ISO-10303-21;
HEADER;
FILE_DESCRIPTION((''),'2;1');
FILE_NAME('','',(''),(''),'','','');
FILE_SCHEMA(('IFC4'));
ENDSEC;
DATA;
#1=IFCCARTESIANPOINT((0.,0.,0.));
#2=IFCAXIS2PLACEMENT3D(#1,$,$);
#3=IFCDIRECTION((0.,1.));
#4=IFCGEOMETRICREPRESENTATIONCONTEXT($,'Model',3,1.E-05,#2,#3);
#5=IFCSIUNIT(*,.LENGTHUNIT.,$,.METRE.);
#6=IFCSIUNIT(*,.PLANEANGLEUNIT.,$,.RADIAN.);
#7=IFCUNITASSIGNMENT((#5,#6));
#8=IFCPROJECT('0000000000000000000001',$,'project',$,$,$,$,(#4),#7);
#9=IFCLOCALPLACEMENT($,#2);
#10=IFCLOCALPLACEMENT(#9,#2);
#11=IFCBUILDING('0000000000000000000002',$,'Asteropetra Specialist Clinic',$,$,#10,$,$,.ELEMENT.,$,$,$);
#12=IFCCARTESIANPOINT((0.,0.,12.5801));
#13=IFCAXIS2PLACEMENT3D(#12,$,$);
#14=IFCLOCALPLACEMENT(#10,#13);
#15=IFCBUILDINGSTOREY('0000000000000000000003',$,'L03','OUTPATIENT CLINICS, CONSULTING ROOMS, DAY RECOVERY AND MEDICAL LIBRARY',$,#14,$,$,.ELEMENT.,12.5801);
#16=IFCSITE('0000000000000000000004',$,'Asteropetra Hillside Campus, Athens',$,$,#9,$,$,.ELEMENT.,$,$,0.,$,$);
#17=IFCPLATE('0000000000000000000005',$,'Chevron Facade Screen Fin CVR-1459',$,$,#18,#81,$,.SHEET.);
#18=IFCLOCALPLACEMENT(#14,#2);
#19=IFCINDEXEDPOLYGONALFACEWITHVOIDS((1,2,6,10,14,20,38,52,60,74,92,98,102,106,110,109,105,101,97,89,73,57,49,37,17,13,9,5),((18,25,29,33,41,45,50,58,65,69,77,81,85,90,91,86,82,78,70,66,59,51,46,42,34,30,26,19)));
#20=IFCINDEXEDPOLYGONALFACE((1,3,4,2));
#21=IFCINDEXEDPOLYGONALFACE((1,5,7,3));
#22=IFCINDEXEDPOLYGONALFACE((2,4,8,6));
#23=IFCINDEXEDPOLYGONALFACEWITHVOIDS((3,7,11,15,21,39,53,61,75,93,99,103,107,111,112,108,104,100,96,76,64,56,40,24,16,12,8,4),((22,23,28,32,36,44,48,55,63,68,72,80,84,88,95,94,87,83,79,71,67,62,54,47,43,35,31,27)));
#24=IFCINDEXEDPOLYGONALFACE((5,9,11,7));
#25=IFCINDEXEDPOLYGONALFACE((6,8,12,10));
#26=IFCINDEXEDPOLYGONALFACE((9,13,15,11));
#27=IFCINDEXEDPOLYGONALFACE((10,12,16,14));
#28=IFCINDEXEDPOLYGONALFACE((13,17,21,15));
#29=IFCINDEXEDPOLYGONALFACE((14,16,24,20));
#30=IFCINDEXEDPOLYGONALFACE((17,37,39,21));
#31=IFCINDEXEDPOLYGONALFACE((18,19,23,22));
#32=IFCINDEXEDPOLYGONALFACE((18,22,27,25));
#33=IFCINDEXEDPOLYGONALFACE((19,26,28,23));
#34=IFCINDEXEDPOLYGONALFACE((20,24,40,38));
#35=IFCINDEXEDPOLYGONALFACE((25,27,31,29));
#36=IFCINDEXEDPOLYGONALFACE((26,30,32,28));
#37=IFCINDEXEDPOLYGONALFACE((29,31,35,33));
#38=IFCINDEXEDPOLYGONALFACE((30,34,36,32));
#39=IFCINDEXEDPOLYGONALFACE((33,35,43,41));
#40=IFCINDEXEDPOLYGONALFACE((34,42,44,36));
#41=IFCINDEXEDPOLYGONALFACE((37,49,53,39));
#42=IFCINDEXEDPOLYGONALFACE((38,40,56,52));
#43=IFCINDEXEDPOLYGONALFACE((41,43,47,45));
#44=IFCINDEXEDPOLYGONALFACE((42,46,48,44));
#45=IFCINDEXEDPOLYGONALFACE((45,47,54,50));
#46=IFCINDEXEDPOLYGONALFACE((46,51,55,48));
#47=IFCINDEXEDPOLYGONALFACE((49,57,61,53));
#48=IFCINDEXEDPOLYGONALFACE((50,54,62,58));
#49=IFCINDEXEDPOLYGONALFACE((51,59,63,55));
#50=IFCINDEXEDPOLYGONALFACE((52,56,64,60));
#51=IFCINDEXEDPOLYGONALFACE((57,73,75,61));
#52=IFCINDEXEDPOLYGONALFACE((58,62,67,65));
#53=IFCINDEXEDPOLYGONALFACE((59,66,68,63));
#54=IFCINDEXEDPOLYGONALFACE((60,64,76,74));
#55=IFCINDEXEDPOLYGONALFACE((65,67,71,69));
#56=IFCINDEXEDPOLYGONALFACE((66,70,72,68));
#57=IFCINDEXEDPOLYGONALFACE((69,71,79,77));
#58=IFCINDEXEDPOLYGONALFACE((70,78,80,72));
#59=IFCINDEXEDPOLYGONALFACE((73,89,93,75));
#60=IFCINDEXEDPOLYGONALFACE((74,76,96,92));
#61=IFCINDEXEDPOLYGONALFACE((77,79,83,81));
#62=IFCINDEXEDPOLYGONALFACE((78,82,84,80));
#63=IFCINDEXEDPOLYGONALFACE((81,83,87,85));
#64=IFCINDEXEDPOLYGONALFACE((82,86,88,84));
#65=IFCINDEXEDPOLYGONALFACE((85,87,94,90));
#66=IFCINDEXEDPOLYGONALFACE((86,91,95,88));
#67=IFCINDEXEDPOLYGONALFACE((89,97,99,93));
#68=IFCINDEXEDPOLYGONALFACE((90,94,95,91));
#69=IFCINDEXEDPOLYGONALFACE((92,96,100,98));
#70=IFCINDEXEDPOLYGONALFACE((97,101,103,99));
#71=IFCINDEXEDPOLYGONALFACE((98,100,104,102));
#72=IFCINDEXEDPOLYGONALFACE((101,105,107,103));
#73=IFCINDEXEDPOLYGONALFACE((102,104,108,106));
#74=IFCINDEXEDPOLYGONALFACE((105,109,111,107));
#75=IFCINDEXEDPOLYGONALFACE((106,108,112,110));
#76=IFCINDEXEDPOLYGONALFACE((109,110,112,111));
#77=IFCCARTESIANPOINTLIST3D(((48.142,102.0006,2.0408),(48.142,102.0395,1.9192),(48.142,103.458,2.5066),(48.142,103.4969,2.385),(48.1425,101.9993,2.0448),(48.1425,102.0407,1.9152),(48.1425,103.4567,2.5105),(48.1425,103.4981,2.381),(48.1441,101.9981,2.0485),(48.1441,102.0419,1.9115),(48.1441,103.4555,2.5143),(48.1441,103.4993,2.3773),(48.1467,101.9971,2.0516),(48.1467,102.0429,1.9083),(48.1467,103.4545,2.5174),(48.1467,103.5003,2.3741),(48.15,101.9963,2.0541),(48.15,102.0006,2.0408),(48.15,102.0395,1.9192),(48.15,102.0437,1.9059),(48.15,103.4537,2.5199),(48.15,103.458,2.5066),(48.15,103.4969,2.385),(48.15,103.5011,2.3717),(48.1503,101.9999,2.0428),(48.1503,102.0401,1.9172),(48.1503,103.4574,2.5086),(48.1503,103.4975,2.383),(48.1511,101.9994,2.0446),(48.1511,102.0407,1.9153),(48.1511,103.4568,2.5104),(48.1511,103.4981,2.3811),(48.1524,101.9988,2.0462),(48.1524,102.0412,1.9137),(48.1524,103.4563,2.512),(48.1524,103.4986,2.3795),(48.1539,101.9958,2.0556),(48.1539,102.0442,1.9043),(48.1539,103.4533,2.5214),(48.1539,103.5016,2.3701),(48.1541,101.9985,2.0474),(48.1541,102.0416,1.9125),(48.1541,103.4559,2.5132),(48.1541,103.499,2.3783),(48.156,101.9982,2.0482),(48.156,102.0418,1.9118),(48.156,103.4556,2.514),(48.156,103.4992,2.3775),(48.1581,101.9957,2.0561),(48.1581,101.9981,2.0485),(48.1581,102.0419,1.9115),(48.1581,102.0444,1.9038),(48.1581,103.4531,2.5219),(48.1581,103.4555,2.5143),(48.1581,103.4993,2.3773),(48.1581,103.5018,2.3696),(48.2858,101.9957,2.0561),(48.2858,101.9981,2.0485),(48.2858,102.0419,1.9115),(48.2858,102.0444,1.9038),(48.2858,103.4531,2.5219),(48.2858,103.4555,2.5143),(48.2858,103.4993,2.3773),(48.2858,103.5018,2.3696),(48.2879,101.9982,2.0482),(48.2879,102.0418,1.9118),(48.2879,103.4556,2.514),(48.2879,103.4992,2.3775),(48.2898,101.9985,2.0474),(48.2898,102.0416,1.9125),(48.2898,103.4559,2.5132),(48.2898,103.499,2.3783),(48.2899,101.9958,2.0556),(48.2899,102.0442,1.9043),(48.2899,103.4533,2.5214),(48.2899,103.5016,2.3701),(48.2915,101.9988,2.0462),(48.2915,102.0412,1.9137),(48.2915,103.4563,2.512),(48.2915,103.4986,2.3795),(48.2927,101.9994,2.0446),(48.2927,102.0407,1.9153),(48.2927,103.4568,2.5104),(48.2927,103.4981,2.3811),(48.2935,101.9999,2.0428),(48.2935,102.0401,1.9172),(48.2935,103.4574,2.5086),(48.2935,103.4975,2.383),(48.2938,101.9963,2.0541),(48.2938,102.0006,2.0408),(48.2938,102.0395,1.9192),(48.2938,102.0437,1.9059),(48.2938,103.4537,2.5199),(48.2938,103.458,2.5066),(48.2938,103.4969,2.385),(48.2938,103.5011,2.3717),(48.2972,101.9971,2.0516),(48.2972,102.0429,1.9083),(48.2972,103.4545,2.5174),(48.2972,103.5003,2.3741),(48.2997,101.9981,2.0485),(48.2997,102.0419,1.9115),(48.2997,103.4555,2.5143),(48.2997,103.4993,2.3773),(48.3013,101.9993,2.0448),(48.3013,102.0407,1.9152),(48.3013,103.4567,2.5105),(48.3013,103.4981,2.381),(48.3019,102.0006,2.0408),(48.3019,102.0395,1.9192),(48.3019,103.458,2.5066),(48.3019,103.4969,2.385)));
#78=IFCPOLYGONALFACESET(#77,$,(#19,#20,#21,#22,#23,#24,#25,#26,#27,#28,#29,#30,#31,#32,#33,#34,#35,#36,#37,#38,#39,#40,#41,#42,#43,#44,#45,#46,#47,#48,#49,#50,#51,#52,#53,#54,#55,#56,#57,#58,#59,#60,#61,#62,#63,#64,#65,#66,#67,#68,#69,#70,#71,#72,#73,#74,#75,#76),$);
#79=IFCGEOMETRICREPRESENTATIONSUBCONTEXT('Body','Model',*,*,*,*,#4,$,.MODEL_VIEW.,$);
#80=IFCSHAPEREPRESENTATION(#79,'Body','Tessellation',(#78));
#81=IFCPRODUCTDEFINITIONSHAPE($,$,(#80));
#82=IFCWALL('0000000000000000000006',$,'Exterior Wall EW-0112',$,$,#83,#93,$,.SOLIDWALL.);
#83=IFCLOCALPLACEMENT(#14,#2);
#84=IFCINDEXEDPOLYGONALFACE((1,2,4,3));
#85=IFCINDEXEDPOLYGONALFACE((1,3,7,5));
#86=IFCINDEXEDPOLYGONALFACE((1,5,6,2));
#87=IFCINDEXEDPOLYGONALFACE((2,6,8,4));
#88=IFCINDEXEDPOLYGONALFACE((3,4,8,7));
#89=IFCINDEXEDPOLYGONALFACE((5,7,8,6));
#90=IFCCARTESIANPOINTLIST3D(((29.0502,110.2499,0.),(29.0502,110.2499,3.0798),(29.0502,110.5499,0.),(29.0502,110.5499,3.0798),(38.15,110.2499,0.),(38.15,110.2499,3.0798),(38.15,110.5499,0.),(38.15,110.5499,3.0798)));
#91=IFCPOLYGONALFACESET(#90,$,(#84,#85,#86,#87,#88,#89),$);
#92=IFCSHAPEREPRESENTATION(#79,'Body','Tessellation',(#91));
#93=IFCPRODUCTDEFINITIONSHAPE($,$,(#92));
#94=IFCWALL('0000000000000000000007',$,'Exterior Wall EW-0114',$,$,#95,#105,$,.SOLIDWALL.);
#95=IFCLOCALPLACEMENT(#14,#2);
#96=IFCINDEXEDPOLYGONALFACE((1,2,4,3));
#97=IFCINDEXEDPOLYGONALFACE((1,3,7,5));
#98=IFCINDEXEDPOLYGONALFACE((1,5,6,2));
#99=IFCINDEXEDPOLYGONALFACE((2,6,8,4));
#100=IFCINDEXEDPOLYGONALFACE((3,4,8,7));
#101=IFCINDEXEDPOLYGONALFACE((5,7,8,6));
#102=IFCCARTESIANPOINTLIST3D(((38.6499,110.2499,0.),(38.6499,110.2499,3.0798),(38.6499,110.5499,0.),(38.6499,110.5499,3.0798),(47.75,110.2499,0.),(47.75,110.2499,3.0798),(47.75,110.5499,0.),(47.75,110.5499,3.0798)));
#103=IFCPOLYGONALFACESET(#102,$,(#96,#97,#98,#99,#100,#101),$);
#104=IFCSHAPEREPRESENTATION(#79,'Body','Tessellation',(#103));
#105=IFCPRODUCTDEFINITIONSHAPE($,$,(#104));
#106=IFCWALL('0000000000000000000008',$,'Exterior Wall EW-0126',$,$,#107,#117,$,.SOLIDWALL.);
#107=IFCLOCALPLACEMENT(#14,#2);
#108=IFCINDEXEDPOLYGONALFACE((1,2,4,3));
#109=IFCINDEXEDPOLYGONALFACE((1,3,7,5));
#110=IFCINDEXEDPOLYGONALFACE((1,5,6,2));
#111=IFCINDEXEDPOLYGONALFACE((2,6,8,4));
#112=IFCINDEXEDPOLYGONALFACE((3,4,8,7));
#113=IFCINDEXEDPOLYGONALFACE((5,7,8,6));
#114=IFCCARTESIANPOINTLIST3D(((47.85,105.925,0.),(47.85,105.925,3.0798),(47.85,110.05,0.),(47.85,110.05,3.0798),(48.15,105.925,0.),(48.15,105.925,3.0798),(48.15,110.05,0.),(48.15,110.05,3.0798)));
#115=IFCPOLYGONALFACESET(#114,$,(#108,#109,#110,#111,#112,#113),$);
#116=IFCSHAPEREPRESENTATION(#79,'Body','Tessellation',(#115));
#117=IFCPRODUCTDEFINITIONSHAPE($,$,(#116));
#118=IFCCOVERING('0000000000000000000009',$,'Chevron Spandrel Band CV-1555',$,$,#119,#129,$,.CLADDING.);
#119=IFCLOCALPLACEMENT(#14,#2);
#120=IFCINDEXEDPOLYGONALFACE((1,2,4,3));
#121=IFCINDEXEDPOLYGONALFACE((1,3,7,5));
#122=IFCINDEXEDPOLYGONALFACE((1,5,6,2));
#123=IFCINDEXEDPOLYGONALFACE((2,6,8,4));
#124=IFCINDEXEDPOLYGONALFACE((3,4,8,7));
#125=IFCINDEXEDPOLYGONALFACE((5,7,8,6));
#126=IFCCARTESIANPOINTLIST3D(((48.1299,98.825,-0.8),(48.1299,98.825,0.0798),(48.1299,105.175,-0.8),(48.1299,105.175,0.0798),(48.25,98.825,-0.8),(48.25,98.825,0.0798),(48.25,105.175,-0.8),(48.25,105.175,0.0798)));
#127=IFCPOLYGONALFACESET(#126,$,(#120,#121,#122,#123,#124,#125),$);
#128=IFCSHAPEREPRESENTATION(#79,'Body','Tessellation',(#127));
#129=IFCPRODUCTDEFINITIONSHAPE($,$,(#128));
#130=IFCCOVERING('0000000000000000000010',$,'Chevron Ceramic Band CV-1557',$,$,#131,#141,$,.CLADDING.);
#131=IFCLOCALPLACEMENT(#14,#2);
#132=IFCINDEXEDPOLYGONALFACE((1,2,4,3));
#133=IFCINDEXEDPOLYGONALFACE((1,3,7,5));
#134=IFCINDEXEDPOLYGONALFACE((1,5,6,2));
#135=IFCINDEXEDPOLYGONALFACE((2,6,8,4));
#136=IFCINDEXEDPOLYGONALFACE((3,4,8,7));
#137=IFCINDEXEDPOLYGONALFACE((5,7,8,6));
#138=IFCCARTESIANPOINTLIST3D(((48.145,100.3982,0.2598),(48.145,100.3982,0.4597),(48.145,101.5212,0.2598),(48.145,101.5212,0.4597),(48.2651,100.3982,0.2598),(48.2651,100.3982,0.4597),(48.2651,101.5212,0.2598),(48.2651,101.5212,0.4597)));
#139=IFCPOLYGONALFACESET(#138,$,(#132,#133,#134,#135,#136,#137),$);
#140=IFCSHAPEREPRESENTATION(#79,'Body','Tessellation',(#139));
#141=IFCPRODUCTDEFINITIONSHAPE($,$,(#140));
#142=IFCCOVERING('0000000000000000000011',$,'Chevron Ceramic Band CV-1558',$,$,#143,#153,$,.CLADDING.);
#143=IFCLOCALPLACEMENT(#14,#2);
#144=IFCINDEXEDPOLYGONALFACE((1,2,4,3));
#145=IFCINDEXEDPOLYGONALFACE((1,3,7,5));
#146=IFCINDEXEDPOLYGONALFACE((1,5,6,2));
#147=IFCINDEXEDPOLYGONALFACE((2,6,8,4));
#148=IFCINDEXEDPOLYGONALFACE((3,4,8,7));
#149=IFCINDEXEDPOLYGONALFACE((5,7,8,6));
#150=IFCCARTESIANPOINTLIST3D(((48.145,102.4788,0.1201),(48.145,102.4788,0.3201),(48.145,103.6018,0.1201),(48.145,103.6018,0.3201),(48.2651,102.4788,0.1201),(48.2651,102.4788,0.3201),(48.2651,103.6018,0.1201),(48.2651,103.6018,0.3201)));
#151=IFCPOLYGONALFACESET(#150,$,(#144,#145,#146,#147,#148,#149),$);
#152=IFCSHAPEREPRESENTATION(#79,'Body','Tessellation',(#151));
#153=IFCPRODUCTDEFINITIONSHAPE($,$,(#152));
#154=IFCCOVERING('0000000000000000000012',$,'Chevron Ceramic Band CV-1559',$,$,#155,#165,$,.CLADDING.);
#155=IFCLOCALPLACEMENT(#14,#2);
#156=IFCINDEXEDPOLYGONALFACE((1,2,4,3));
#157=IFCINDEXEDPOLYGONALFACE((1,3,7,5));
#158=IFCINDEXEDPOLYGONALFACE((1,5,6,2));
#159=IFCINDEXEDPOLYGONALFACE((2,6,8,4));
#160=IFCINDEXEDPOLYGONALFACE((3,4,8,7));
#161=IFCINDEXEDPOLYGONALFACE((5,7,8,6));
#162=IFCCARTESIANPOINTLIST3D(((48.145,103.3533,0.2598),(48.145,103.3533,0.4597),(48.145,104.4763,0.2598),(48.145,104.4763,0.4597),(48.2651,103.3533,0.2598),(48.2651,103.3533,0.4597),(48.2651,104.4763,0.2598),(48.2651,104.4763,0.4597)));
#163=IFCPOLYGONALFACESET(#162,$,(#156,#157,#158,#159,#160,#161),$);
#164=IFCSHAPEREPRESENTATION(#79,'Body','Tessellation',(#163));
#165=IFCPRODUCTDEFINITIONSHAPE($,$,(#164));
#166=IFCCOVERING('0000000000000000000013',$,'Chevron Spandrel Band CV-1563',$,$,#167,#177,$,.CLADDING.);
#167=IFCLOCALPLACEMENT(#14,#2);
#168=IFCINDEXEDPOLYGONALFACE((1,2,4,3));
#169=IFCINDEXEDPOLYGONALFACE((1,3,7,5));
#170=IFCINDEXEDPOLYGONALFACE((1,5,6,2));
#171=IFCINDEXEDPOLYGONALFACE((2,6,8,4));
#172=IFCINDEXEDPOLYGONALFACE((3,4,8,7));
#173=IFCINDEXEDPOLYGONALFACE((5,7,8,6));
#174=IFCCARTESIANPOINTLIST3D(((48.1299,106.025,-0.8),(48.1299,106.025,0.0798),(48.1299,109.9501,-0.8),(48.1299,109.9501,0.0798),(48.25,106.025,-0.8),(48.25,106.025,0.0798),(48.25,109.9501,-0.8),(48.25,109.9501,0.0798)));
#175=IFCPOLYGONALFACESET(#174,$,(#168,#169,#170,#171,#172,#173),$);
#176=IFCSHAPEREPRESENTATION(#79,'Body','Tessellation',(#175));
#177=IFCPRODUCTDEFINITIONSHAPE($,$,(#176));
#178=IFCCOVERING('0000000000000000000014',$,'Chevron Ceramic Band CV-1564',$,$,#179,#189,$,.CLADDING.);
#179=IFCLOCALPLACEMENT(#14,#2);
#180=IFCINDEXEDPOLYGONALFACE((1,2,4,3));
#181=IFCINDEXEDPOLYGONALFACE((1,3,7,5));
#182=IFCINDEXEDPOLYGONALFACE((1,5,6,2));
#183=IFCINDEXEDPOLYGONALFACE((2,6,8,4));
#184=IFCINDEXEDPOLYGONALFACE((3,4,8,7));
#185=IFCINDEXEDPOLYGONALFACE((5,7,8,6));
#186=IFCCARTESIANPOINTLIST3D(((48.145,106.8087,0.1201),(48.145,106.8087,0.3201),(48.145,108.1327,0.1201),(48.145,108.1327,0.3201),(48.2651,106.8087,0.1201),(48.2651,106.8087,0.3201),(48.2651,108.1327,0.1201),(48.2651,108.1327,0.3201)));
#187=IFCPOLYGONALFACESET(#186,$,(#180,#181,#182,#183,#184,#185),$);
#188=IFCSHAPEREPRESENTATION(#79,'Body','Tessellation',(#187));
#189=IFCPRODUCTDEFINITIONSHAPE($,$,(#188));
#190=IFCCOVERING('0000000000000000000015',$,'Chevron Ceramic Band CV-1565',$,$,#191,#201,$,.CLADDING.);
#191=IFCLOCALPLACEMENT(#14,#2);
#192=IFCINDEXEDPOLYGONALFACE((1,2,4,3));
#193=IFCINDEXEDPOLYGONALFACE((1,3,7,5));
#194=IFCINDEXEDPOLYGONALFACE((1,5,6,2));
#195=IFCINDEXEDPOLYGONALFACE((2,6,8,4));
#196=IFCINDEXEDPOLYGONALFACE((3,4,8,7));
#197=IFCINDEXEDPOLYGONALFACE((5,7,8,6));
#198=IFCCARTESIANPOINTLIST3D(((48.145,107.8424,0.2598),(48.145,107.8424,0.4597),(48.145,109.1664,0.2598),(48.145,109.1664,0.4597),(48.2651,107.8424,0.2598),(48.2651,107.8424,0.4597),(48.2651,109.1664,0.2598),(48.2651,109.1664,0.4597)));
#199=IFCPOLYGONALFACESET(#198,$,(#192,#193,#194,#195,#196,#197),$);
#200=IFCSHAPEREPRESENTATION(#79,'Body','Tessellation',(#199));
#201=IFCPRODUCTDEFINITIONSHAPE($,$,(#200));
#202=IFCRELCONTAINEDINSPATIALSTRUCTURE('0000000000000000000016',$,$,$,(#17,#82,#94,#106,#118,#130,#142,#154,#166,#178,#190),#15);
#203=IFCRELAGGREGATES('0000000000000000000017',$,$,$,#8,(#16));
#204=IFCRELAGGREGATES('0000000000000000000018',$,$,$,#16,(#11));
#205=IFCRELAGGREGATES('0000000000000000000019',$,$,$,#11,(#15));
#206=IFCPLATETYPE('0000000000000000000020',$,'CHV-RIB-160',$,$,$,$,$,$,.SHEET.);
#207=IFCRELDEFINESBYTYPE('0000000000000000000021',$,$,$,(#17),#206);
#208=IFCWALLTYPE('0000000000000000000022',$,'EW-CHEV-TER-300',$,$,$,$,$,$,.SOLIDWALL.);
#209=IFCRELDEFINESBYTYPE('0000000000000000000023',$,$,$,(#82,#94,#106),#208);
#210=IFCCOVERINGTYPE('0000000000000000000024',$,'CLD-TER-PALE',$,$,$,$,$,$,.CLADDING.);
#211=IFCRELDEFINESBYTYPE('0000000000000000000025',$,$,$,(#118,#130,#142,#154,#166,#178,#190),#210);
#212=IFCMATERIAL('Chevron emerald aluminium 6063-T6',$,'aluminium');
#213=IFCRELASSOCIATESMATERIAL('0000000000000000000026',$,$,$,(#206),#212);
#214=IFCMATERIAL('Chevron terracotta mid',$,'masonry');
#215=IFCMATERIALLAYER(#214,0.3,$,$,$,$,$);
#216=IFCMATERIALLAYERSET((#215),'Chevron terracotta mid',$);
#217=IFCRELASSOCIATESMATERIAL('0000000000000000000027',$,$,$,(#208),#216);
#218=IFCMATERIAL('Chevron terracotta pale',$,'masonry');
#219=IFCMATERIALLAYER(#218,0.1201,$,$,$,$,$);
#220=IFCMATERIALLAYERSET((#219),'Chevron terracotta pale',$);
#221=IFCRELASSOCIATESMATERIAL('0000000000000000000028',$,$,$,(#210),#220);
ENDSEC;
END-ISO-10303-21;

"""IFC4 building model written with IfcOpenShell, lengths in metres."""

from ifc_helpers import new_model, si_unit, direction, frame, frame_2d, origin, origin_2d, place, context, subcontext, project, spatial, rectangle, hollow_rectangle, extrude, material, layer, layer_set, material_profile, profile_set, type_object, element, save


model = new_model("IFC4")

# Units and contexts
model_context = context("Model", 3, precision=1e-05, world=origin(), true_north=direction((0.0, 1.0)))
body_context = subcontext(model_context, "Body", "Model", "MODEL_VIEW")
ifc_project = project(units=[si_unit("LENGTHUNIT", "METRE"), si_unit("PLANEANGLEUNIT", "RADIAN")], contexts=[model_context])

# Site, building, storey
site_placement = place(None, origin())
site = spatial("IfcSite", under=ifc_project, at=site_placement, Name="Asteropetra Hillside Campus, Athens", CompositionType="ELEMENT", RefElevation=0.0)
building_placement = place(site_placement, origin())
building = spatial("IfcBuilding", under=site, at=building_placement, Name="Asteropetra Specialist Clinic", CompositionType="ELEMENT")
storey_placement = place(building_placement, frame((0.0, 0.0, 12.5801)))
storey = spatial("IfcBuildingStorey", under=building, at=storey_placement, Name="L03", Description="OUTPATIENT CLINICS, CONSULTING ROOMS, DAY RECOVERY AND MEDICAL LIBRARY", CompositionType="ELEMENT", Elevation=12.5801)

# Plate
ifc_material_1 = material(Name="Chevron emerald aluminium 6063-T6", Category="aluminium")
ifc_material_profile_1 = material_profile(ifc_material_1, hollow_rectangle(XDim=0.1599, YDim=0.1599, WallThickness=0.0081, InnerFilletRadius=0.0081, OuterFilletRadius=0.0161, at=origin_2d()), Name="SHS 160x160x8.0")
ifc_profile_set_1 = profile_set([ifc_material_profile_1], Name="Chevron emerald aluminium 6063-T6")
plate_type = type_object("IfcPlateType", Name="CHV-RIB-160", PredefinedType="SHEET", material=ifc_profile_set_1)
for number, where, z_axis, x_axis, name in (
    (1, (48.2219, 102.02, 1.98), (0.0, 0.952535, 0.304428), (-1.0, 0.0, 0.0), "Chevron Facade Screen Fin CVR-1459"),
):
    element("IfcPlate", number, at=place(storey_placement, frame(where, z_axis=z_axis, x_axis=x_axis)), inside=storey, type_object=plate_type, Name=name, PredefinedType="SHEET", context=body_context, shape_type="SweptSolid", body=[
        extrude(hollow_rectangle(XDim=0.1599, YDim=0.1599, WallThickness=0.0081, InnerFilletRadius=0.0081, OuterFilletRadius=0.0161, at=origin_2d()), origin(), (0.0, 0.0, 1.0), 1.53),
    ])

# Walls
ifc_material_2 = material(Name="Chevron terracotta mid", Category="masonry")
ifc_layer_1 = layer(ifc_material_2, 0.3)
ifc_layer_set_1 = layer_set([ifc_layer_1], Name="Chevron terracotta mid")
wall_type = type_object("IfcWallType", Name="EW-CHEV-TER-300", PredefinedType="SOLIDWALL", material=ifc_layer_set_1)
wall_1_placement = place(storey_placement, frame((38.1499, 110.3999, 0.0), z_axis=(0.0, 0.0, 1.0), x_axis=(-1.0, 0.0, 0.0)))
element("IfcWall", 2, at=wall_1_placement, inside=storey, type_object=wall_type, Name="Exterior Wall EW-0112", PredefinedType="SOLIDWALL", context=body_context, shape_type="SweptSolid", body=[
    extrude(rectangle(XDim=9.0999, YDim=0.3, at=frame_2d((4.5498, 0.0))), origin(), (0.0, 0.0, 1.0), 3.0798),
])
wall_2_placement = place(storey_placement, frame((47.75, 110.3999, 0.0), z_axis=(0.0, 0.0, 1.0), x_axis=(-1.0, 0.0, 0.0)))
element("IfcWall", 3, at=wall_2_placement, inside=storey, type_object=wall_type, Name="Exterior Wall EW-0114", PredefinedType="SOLIDWALL", context=body_context, shape_type="SweptSolid", body=[
    extrude(rectangle(XDim=9.1001, YDim=0.3, at=frame_2d((4.55, 0.0))), origin(), (0.0, 0.0, 1.0), 3.0798),
])
wall_3_placement = place(storey_placement, frame((48.0, 105.925, 0.0), z_axis=(0.0, 0.0, 1.0), x_axis=(0.0, 1.0, 0.0)))
element("IfcWall", 4, at=wall_3_placement, inside=storey, type_object=wall_type, Name="Exterior Wall EW-0126", PredefinedType="SOLIDWALL", context=body_context, shape_type="SweptSolid", body=[
    extrude(rectangle(XDim=4.125, YDim=0.3, at=frame_2d((2.0625, 0.0))), origin(), (0.0, 0.0, 1.0), 3.0798),
])

# Coverings
ifc_material_3 = material(Name="Chevron terracotta pale", Category="masonry")
ifc_layer_2 = layer(ifc_material_3, 0.1201)
ifc_layer_set_2 = layer_set([ifc_layer_2], Name="Chevron terracotta pale")
covering_type = type_object("IfcCoveringType", Name="CLD-TER-PALE", PredefinedType="CLADDING", material=ifc_layer_set_2)
covering_1_placement = place(storey_placement, frame((48.1899, 102.0, -0.8), z_axis=(0.0, 0.0, 1.0), x_axis=(1.0, 0.0, 0.0)))
element("IfcCovering", 5, at=covering_1_placement, inside=storey, type_object=covering_type, Name="Chevron Spandrel Band CV-1555", PredefinedType="CLADDING", context=body_context, shape_type="SweptSolid", body=[
    extrude(rectangle(XDim=0.1201, YDim=6.3501, at=origin_2d()), origin(), (0.0, 0.0, 1.0), 0.8799),
])
for number, where, z_axis, x_axis, name in (
    (6, (48.2051, 100.9597, 0.2598), (0.0, 0.0, 1.0), (1.0, 0.0, 0.0), "Chevron Ceramic Band CV-1557"),
    (7, (48.2051, 103.0403, 0.1201), (0.0, 0.0, 1.0), (1.0, 0.0, 0.0), "Chevron Ceramic Band CV-1558"),
    (8, (48.2051, 103.9148, 0.2598), (0.0, 0.0, 1.0), (1.0, 0.0, 0.0), "Chevron Ceramic Band CV-1559"),
):
    element("IfcCovering", number, at=place(storey_placement, frame(where, z_axis=z_axis, x_axis=x_axis)), inside=storey, type_object=covering_type, Name=name, PredefinedType="CLADDING", context=body_context, shape_type="SweptSolid", body=[
        extrude(rectangle(XDim=0.1201, YDim=1.123, at=origin_2d()), origin(), (0.0, 0.0, 1.0), 0.2),
    ])
covering_2_placement = place(storey_placement, frame((48.1899, 107.9875, -0.8), z_axis=(0.0, 0.0, 1.0), x_axis=(1.0, 0.0, 0.0)))
element("IfcCovering", 9, at=covering_2_placement, inside=storey, type_object=covering_type, Name="Chevron Spandrel Band CV-1563", PredefinedType="CLADDING", context=body_context, shape_type="SweptSolid", body=[
    extrude(rectangle(XDim=0.1201, YDim=3.925, at=origin_2d()), origin(), (0.0, 0.0, 1.0), 0.8799),
])
for number, where, z_axis, x_axis, name in (
    (10, (48.2051, 107.4707, 0.1201), (0.0, 0.0, 1.0), (1.0, 0.0, 0.0), "Chevron Ceramic Band CV-1564"),
    (11, (48.2051, 108.5044, 0.2598), (0.0, 0.0, 1.0), (1.0, 0.0, 0.0), "Chevron Ceramic Band CV-1565"),
):
    element("IfcCovering", number, at=place(storey_placement, frame(where, z_axis=z_axis, x_axis=x_axis)), inside=storey, type_object=covering_type, Name=name, PredefinedType="CLADDING", context=body_context, shape_type="SweptSolid", body=[
        extrude(rectangle(XDim=0.1201, YDim=1.324, at=origin_2d()), origin(), (0.0, 0.0, 1.0), 0.2),
    ])

save(model, "model.ifc")
